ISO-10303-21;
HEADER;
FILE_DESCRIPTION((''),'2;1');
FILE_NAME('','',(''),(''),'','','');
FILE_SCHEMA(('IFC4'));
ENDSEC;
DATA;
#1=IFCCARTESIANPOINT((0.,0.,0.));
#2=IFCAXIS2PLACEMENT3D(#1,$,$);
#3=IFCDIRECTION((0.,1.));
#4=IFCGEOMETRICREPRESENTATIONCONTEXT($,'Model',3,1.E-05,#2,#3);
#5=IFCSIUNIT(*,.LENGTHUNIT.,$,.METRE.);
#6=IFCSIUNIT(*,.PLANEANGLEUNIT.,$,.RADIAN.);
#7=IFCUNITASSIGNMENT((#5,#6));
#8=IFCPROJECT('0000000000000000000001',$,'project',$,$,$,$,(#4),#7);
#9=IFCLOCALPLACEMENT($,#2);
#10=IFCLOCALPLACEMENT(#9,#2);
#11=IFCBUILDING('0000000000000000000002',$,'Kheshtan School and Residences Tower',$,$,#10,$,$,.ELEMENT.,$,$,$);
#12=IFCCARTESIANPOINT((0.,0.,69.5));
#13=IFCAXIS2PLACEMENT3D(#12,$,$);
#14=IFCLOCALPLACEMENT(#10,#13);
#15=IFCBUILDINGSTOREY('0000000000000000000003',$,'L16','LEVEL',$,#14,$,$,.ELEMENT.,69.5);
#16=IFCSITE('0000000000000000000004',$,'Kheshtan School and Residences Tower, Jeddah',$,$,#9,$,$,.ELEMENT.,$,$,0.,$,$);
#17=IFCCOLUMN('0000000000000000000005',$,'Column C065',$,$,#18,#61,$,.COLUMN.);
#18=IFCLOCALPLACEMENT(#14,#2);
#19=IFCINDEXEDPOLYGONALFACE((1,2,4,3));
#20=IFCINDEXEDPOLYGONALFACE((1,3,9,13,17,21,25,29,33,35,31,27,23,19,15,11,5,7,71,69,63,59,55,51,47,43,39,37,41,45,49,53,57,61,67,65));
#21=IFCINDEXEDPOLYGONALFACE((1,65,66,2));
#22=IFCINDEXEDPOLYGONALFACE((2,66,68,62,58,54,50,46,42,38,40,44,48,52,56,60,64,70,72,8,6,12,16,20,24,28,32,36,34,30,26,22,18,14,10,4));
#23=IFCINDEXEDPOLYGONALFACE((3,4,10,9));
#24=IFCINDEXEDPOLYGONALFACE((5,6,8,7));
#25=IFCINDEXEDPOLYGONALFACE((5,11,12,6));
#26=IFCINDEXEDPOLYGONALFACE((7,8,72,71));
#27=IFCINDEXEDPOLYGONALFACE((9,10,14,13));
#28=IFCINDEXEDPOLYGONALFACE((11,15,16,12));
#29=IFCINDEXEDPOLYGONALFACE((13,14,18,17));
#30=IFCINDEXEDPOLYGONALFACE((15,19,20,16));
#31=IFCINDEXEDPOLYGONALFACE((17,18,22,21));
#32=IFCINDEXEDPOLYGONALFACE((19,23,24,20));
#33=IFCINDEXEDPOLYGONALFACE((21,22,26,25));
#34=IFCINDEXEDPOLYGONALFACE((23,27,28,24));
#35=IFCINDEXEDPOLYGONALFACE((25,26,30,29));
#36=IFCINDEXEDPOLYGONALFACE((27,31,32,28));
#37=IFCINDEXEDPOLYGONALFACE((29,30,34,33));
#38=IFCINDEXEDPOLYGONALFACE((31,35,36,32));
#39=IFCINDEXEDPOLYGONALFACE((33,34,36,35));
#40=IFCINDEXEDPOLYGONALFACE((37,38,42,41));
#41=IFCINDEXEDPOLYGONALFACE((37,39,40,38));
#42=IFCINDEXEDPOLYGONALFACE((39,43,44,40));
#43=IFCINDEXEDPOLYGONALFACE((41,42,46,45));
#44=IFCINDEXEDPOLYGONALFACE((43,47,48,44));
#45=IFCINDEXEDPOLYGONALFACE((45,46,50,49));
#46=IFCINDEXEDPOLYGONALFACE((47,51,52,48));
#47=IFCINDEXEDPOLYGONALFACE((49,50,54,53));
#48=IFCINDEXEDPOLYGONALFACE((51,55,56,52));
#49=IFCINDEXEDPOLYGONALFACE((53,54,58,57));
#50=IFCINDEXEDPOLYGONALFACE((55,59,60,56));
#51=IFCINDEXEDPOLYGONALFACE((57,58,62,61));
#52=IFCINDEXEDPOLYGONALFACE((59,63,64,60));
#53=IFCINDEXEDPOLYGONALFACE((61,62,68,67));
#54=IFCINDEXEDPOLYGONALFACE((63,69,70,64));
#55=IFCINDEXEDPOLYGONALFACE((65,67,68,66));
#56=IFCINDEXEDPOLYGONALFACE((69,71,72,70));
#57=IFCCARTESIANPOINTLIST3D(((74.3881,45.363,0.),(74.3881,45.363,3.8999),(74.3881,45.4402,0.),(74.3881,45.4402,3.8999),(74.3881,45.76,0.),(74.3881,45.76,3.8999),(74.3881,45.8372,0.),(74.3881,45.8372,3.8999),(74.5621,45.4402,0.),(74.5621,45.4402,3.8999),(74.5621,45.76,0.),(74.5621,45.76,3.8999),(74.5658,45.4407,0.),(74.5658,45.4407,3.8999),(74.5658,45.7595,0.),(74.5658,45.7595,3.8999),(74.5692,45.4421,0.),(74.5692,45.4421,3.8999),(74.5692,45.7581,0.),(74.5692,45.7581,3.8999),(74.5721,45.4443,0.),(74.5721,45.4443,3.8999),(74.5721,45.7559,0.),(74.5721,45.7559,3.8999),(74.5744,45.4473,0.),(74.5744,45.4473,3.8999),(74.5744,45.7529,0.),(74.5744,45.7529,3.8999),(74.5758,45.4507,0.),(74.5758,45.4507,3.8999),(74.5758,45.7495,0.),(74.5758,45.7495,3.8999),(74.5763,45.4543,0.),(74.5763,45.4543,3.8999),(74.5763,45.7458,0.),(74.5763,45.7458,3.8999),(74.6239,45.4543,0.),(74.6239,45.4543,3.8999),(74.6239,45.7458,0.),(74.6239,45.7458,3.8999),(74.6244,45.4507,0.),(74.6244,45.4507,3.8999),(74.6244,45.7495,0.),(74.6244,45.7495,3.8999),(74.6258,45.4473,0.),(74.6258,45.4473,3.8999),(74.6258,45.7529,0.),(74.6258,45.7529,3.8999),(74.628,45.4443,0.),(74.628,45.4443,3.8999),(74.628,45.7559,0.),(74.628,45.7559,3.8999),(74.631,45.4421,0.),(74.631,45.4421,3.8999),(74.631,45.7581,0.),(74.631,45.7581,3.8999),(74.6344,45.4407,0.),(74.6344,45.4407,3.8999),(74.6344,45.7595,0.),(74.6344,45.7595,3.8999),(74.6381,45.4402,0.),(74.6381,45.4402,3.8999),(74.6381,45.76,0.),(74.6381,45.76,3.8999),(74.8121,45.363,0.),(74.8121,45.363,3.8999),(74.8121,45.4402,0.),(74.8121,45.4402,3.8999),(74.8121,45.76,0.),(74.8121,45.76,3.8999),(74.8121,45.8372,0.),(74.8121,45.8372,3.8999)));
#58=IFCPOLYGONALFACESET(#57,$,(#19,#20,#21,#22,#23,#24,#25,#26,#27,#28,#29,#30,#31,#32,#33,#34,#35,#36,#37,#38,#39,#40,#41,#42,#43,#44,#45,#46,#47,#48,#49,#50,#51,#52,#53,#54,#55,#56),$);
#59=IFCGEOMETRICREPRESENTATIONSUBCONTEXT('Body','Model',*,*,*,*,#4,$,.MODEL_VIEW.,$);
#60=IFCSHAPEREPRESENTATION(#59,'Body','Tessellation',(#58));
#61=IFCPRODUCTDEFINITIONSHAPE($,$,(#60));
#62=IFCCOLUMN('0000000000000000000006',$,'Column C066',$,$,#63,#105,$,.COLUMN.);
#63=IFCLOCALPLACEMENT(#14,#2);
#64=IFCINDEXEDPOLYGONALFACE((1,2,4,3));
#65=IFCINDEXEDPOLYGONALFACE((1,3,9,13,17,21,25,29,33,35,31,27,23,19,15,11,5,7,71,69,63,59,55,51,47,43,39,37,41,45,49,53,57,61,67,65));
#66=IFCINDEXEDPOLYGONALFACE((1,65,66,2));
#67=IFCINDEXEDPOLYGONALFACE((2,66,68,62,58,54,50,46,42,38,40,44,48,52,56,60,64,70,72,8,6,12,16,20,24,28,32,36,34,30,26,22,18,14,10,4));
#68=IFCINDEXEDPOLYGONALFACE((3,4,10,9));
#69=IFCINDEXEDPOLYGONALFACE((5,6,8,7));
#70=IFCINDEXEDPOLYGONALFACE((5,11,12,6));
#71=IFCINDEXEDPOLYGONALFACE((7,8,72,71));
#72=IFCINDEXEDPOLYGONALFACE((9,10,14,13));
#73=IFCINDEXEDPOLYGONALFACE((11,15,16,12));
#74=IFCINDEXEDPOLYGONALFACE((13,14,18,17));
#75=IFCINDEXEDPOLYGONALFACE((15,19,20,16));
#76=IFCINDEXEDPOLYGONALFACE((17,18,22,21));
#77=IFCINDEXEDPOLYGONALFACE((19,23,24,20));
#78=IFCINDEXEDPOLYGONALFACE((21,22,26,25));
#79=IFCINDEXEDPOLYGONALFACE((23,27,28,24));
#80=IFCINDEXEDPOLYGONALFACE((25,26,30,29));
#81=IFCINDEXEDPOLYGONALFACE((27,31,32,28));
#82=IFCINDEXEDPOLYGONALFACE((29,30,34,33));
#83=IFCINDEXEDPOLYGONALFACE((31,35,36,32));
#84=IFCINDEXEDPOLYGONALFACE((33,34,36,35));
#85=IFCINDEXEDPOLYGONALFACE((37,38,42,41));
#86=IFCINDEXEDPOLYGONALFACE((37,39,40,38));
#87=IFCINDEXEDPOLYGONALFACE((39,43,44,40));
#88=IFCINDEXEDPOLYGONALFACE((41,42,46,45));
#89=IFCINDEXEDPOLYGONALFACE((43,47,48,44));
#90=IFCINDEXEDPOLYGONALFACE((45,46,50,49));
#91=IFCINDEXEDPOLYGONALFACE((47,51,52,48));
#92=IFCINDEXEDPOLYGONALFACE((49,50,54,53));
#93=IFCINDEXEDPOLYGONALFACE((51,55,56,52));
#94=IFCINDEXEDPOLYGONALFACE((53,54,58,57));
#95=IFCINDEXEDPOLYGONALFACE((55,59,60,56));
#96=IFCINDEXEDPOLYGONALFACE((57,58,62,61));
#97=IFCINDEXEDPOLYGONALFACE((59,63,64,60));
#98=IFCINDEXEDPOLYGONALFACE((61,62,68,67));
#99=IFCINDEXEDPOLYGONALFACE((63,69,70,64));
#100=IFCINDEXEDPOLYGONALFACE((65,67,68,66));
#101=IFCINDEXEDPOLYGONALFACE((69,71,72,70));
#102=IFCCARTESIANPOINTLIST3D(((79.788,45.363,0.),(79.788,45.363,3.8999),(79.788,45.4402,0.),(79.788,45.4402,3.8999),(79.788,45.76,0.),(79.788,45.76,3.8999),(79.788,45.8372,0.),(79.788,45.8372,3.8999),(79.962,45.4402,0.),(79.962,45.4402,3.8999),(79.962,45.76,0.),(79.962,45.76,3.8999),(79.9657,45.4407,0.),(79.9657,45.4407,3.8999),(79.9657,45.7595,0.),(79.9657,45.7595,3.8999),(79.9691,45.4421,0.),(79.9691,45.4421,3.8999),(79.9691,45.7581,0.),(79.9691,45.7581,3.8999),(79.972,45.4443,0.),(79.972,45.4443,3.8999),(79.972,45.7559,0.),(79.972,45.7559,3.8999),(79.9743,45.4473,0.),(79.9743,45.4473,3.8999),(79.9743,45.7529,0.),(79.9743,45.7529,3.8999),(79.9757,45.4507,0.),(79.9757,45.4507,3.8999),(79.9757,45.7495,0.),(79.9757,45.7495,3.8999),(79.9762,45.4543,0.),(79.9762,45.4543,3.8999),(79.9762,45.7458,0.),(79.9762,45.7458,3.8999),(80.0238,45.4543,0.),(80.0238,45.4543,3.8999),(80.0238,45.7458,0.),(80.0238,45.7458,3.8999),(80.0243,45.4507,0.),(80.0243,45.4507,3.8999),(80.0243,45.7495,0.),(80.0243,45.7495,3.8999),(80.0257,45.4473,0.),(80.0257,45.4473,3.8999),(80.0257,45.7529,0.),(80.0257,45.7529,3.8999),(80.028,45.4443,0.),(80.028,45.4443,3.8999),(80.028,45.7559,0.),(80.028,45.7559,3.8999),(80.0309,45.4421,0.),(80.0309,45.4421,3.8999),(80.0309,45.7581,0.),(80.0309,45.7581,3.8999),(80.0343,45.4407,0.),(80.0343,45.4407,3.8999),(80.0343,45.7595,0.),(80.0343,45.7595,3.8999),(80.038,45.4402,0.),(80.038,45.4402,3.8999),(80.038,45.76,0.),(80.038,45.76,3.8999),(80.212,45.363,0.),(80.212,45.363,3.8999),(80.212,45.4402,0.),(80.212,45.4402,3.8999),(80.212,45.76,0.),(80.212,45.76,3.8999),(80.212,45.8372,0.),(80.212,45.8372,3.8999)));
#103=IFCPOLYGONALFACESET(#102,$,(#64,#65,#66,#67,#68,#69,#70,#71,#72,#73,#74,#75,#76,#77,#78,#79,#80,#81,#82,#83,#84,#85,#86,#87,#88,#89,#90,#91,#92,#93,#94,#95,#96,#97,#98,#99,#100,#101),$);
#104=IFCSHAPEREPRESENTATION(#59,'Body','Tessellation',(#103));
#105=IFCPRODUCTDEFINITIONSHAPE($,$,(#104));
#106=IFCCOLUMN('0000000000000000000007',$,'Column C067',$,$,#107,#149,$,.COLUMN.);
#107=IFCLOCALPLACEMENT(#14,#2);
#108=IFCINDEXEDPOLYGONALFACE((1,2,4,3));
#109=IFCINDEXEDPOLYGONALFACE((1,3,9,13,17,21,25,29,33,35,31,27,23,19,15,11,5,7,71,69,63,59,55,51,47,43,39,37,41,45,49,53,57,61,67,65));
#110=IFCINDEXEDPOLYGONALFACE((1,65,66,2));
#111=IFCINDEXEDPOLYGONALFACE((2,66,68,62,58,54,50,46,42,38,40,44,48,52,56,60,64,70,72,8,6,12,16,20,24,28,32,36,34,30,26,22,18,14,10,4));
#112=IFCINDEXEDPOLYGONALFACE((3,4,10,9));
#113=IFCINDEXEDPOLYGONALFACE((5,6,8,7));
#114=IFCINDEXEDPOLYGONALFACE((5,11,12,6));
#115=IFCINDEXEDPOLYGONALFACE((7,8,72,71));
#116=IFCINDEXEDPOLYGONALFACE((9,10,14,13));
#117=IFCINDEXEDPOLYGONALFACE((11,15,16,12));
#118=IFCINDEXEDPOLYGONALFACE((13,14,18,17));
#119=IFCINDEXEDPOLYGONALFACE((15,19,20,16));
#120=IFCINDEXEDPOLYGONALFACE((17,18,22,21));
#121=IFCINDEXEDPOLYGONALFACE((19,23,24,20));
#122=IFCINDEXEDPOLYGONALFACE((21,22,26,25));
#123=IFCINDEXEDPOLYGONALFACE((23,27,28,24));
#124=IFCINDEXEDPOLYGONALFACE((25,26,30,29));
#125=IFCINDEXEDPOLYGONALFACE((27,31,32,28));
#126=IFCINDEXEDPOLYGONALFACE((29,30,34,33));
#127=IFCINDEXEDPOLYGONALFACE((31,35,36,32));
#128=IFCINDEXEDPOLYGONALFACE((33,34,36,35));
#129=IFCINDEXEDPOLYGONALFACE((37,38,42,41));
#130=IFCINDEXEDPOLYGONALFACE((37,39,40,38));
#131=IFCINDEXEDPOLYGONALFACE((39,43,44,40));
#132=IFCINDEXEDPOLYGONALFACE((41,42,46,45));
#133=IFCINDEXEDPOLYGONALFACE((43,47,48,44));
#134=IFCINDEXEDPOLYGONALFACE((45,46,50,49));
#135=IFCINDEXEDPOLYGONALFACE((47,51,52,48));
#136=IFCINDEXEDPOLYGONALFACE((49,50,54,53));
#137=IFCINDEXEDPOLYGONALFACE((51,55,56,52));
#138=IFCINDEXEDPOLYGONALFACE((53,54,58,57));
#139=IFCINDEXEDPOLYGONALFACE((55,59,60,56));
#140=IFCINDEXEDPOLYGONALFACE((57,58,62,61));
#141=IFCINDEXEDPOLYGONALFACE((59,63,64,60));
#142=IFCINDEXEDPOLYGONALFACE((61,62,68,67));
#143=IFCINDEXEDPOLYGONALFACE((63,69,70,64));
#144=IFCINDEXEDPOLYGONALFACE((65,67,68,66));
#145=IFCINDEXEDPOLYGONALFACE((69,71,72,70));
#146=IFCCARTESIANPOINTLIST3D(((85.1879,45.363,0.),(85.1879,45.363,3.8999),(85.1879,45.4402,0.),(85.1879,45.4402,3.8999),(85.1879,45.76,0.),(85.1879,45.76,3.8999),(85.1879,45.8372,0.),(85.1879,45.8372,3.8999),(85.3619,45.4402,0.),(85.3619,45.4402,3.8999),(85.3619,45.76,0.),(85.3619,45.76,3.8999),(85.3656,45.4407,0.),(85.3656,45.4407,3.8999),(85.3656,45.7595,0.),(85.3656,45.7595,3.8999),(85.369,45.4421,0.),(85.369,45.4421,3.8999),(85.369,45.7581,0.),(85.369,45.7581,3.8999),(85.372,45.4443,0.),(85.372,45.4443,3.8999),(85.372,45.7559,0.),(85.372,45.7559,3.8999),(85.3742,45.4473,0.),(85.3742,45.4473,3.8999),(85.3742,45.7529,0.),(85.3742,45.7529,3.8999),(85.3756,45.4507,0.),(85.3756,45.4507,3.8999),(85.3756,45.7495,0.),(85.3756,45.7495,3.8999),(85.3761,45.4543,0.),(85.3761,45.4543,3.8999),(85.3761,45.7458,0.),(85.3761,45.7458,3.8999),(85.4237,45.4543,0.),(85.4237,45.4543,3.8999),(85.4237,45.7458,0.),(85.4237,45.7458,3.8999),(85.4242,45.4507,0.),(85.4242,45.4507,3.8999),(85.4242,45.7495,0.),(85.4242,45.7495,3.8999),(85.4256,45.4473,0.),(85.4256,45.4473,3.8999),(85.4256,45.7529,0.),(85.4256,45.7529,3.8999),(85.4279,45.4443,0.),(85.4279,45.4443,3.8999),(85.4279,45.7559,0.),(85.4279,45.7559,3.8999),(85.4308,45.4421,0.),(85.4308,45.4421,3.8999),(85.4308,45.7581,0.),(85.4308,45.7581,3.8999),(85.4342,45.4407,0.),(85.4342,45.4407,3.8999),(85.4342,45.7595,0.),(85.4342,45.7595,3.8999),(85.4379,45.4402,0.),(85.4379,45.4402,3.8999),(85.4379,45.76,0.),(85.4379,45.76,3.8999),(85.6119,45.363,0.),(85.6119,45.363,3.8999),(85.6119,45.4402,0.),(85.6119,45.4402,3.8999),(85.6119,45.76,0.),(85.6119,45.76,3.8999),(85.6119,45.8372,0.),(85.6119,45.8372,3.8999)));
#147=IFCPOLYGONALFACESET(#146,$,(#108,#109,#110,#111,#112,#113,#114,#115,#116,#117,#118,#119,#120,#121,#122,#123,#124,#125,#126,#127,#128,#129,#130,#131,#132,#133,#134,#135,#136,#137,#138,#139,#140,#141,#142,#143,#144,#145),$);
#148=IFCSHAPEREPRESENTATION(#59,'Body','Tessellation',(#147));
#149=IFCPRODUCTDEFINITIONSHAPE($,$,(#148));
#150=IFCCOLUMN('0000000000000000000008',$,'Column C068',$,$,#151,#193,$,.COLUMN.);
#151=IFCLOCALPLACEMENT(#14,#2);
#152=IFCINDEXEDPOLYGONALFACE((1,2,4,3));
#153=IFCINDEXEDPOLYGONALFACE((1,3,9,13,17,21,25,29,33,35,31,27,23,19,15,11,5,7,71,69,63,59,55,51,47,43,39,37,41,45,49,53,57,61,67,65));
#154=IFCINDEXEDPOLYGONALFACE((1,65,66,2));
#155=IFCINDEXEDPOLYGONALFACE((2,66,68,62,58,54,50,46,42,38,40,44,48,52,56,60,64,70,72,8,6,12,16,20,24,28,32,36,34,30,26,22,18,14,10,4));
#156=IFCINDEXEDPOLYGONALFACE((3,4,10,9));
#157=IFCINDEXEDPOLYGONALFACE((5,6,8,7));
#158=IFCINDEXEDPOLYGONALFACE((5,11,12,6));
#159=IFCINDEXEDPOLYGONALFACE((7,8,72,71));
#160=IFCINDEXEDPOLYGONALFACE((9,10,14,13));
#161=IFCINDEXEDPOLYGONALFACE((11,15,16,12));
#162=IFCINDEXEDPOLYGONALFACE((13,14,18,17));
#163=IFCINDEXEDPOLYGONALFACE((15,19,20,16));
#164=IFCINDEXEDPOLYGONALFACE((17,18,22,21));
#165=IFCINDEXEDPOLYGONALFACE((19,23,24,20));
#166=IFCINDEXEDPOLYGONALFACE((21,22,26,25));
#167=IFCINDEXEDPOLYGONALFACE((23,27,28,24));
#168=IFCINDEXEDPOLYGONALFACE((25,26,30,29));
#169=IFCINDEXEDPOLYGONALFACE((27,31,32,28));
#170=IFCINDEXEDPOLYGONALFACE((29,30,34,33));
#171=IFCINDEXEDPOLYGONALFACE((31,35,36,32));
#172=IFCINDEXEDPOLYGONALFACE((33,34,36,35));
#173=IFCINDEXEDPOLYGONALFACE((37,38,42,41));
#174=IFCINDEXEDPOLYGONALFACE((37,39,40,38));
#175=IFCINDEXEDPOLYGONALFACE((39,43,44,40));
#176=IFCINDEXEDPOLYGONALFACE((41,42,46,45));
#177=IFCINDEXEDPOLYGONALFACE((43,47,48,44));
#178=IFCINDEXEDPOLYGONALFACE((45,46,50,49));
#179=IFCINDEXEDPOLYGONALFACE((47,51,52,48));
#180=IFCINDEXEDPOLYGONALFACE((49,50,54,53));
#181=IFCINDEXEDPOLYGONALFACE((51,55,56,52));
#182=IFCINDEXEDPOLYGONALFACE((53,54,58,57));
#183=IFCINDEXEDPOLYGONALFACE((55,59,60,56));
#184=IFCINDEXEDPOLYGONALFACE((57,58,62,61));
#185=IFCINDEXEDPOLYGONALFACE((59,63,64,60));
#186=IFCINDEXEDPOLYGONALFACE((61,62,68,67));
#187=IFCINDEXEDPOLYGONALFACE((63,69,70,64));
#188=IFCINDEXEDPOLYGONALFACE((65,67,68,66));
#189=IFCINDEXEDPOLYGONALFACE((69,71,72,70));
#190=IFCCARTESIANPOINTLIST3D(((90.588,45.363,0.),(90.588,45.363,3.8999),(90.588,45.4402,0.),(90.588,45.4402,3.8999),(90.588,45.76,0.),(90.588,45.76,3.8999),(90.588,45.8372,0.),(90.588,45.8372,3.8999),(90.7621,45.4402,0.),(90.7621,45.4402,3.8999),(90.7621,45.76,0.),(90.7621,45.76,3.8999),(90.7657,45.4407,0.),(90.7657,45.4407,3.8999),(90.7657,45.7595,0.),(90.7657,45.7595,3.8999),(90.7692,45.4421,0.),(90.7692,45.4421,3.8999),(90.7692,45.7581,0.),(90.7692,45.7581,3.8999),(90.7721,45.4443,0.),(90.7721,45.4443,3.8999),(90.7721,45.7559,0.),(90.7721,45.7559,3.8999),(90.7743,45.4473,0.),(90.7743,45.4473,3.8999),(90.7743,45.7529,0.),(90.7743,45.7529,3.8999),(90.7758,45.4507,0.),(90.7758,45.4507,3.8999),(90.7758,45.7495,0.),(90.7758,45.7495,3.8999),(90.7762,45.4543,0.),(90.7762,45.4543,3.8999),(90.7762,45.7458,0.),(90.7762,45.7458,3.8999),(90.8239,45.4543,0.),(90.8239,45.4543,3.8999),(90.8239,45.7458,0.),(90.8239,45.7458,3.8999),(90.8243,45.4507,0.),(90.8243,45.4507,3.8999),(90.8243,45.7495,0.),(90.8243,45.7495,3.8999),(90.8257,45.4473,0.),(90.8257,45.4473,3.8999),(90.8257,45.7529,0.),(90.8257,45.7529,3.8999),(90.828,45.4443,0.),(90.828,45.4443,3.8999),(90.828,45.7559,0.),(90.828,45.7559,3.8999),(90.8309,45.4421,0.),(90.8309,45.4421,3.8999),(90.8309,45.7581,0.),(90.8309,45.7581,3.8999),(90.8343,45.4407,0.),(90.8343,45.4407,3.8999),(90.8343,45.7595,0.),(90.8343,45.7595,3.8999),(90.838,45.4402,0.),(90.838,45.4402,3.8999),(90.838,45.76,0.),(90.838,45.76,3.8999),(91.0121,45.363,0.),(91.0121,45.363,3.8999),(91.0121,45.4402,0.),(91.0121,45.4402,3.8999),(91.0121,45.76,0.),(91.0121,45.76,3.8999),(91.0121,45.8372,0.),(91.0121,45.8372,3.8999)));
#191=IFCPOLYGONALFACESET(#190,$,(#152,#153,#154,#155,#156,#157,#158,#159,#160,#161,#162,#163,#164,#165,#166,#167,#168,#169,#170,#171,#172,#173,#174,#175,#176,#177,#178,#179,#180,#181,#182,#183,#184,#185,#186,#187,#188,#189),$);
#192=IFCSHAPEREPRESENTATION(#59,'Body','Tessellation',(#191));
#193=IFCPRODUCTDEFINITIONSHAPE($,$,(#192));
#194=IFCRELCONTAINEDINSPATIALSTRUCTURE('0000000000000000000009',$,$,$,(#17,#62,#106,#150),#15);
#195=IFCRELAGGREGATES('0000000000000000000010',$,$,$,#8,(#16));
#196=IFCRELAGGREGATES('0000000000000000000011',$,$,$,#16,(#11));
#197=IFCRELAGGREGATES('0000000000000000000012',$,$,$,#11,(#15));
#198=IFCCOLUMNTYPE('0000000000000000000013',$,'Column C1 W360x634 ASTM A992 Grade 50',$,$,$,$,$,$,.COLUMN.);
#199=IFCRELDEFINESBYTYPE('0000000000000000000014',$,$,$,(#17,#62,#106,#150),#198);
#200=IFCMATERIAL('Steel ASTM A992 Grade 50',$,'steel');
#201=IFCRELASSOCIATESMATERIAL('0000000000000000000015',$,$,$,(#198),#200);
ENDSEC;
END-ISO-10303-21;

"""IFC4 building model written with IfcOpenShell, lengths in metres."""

from ifc_helpers import new_model, si_unit, direction, frame, origin, origin_2d, place, context, subcontext, project, spatial, i_section, extrude, material, material_profile, profile_set, type_object, element, save


model = new_model("IFC4")

# Units and contexts
model_context = context("Model", 3, precision=1e-05, world=origin(), true_north=direction((0.0, 1.0)))
body_context = subcontext(model_context, "Body", "Model", "MODEL_VIEW")
ifc_project = project(units=[si_unit("LENGTHUNIT", "METRE"), si_unit("PLANEANGLEUNIT", "RADIAN")], contexts=[model_context])

# Site, building, storey
site_placement = place(None, origin())
site = spatial("IfcSite", under=ifc_project, at=site_placement, Name="Kheshtan School and Residences Tower, Jeddah", CompositionType="ELEMENT", RefElevation=0.0)
building_placement = place(site_placement, origin())
building = spatial("IfcBuilding", under=site, at=building_placement, Name="Kheshtan School and Residences Tower", CompositionType="ELEMENT")
storey_placement = place(building_placement, frame((0.0, 0.0, 69.5)))
storey = spatial("IfcBuildingStorey", under=building, at=storey_placement, Name="L16", Description="LEVEL", CompositionType="ELEMENT", Elevation=69.5)

# Columns
ifc_material_1 = material(Name="Steel ASTM A992 Grade 50", Category="steel")
ifc_material_profile_1 = material_profile(ifc_material_1, i_section(OverallWidth=0.4241, OverallDepth=0.4741, WebThickness=0.0476, FlangeThickness=0.0771, FilletRadius=0.0142, at=origin_2d()), Name="W360x634")
ifc_profile_set_1 = profile_set([ifc_material_profile_1], Name="Steel ASTM A992 Grade 50")
column_type = type_object("IfcColumnType", Name="Column C1 W360x634 ASTM A992 Grade 50", PredefinedType="COLUMN", material=ifc_profile_set_1)
for number, where, z_axis, x_axis, name in (
    (1, (74.6001, 45.6001, 0.0), (0.0, 0.0, 1.0), (1.0, 0.0, 0.0), "Column C065"),
    (2, (80.0, 45.6001, 0.0), (0.0, 0.0, 1.0), (1.0, 0.0, 0.0), "Column C066"),
    (3, (85.3999, 45.6001, 0.0), (0.0, 0.0, 1.0), (1.0, 0.0, 0.0), "Column C067"),
    (4, (90.8, 45.6001, 0.0), (0.0, 0.0, 1.0), (1.0, 0.0, 0.0), "Column C068"),
):
    element("IfcColumn", number, at=place(storey_placement, frame(where, z_axis=z_axis, x_axis=x_axis)), inside=storey, type_object=column_type, Name=name, PredefinedType="COLUMN", context=body_context, shape_type="SweptSolid", body=[
        extrude(i_section(OverallWidth=0.4241, OverallDepth=0.4741, WebThickness=0.0476, FlangeThickness=0.0771, FilletRadius=0.0142, at=origin_2d()), origin(), (0.0, 0.0, 1.0), 3.8999),
    ])

save(model, "model.ifc")
